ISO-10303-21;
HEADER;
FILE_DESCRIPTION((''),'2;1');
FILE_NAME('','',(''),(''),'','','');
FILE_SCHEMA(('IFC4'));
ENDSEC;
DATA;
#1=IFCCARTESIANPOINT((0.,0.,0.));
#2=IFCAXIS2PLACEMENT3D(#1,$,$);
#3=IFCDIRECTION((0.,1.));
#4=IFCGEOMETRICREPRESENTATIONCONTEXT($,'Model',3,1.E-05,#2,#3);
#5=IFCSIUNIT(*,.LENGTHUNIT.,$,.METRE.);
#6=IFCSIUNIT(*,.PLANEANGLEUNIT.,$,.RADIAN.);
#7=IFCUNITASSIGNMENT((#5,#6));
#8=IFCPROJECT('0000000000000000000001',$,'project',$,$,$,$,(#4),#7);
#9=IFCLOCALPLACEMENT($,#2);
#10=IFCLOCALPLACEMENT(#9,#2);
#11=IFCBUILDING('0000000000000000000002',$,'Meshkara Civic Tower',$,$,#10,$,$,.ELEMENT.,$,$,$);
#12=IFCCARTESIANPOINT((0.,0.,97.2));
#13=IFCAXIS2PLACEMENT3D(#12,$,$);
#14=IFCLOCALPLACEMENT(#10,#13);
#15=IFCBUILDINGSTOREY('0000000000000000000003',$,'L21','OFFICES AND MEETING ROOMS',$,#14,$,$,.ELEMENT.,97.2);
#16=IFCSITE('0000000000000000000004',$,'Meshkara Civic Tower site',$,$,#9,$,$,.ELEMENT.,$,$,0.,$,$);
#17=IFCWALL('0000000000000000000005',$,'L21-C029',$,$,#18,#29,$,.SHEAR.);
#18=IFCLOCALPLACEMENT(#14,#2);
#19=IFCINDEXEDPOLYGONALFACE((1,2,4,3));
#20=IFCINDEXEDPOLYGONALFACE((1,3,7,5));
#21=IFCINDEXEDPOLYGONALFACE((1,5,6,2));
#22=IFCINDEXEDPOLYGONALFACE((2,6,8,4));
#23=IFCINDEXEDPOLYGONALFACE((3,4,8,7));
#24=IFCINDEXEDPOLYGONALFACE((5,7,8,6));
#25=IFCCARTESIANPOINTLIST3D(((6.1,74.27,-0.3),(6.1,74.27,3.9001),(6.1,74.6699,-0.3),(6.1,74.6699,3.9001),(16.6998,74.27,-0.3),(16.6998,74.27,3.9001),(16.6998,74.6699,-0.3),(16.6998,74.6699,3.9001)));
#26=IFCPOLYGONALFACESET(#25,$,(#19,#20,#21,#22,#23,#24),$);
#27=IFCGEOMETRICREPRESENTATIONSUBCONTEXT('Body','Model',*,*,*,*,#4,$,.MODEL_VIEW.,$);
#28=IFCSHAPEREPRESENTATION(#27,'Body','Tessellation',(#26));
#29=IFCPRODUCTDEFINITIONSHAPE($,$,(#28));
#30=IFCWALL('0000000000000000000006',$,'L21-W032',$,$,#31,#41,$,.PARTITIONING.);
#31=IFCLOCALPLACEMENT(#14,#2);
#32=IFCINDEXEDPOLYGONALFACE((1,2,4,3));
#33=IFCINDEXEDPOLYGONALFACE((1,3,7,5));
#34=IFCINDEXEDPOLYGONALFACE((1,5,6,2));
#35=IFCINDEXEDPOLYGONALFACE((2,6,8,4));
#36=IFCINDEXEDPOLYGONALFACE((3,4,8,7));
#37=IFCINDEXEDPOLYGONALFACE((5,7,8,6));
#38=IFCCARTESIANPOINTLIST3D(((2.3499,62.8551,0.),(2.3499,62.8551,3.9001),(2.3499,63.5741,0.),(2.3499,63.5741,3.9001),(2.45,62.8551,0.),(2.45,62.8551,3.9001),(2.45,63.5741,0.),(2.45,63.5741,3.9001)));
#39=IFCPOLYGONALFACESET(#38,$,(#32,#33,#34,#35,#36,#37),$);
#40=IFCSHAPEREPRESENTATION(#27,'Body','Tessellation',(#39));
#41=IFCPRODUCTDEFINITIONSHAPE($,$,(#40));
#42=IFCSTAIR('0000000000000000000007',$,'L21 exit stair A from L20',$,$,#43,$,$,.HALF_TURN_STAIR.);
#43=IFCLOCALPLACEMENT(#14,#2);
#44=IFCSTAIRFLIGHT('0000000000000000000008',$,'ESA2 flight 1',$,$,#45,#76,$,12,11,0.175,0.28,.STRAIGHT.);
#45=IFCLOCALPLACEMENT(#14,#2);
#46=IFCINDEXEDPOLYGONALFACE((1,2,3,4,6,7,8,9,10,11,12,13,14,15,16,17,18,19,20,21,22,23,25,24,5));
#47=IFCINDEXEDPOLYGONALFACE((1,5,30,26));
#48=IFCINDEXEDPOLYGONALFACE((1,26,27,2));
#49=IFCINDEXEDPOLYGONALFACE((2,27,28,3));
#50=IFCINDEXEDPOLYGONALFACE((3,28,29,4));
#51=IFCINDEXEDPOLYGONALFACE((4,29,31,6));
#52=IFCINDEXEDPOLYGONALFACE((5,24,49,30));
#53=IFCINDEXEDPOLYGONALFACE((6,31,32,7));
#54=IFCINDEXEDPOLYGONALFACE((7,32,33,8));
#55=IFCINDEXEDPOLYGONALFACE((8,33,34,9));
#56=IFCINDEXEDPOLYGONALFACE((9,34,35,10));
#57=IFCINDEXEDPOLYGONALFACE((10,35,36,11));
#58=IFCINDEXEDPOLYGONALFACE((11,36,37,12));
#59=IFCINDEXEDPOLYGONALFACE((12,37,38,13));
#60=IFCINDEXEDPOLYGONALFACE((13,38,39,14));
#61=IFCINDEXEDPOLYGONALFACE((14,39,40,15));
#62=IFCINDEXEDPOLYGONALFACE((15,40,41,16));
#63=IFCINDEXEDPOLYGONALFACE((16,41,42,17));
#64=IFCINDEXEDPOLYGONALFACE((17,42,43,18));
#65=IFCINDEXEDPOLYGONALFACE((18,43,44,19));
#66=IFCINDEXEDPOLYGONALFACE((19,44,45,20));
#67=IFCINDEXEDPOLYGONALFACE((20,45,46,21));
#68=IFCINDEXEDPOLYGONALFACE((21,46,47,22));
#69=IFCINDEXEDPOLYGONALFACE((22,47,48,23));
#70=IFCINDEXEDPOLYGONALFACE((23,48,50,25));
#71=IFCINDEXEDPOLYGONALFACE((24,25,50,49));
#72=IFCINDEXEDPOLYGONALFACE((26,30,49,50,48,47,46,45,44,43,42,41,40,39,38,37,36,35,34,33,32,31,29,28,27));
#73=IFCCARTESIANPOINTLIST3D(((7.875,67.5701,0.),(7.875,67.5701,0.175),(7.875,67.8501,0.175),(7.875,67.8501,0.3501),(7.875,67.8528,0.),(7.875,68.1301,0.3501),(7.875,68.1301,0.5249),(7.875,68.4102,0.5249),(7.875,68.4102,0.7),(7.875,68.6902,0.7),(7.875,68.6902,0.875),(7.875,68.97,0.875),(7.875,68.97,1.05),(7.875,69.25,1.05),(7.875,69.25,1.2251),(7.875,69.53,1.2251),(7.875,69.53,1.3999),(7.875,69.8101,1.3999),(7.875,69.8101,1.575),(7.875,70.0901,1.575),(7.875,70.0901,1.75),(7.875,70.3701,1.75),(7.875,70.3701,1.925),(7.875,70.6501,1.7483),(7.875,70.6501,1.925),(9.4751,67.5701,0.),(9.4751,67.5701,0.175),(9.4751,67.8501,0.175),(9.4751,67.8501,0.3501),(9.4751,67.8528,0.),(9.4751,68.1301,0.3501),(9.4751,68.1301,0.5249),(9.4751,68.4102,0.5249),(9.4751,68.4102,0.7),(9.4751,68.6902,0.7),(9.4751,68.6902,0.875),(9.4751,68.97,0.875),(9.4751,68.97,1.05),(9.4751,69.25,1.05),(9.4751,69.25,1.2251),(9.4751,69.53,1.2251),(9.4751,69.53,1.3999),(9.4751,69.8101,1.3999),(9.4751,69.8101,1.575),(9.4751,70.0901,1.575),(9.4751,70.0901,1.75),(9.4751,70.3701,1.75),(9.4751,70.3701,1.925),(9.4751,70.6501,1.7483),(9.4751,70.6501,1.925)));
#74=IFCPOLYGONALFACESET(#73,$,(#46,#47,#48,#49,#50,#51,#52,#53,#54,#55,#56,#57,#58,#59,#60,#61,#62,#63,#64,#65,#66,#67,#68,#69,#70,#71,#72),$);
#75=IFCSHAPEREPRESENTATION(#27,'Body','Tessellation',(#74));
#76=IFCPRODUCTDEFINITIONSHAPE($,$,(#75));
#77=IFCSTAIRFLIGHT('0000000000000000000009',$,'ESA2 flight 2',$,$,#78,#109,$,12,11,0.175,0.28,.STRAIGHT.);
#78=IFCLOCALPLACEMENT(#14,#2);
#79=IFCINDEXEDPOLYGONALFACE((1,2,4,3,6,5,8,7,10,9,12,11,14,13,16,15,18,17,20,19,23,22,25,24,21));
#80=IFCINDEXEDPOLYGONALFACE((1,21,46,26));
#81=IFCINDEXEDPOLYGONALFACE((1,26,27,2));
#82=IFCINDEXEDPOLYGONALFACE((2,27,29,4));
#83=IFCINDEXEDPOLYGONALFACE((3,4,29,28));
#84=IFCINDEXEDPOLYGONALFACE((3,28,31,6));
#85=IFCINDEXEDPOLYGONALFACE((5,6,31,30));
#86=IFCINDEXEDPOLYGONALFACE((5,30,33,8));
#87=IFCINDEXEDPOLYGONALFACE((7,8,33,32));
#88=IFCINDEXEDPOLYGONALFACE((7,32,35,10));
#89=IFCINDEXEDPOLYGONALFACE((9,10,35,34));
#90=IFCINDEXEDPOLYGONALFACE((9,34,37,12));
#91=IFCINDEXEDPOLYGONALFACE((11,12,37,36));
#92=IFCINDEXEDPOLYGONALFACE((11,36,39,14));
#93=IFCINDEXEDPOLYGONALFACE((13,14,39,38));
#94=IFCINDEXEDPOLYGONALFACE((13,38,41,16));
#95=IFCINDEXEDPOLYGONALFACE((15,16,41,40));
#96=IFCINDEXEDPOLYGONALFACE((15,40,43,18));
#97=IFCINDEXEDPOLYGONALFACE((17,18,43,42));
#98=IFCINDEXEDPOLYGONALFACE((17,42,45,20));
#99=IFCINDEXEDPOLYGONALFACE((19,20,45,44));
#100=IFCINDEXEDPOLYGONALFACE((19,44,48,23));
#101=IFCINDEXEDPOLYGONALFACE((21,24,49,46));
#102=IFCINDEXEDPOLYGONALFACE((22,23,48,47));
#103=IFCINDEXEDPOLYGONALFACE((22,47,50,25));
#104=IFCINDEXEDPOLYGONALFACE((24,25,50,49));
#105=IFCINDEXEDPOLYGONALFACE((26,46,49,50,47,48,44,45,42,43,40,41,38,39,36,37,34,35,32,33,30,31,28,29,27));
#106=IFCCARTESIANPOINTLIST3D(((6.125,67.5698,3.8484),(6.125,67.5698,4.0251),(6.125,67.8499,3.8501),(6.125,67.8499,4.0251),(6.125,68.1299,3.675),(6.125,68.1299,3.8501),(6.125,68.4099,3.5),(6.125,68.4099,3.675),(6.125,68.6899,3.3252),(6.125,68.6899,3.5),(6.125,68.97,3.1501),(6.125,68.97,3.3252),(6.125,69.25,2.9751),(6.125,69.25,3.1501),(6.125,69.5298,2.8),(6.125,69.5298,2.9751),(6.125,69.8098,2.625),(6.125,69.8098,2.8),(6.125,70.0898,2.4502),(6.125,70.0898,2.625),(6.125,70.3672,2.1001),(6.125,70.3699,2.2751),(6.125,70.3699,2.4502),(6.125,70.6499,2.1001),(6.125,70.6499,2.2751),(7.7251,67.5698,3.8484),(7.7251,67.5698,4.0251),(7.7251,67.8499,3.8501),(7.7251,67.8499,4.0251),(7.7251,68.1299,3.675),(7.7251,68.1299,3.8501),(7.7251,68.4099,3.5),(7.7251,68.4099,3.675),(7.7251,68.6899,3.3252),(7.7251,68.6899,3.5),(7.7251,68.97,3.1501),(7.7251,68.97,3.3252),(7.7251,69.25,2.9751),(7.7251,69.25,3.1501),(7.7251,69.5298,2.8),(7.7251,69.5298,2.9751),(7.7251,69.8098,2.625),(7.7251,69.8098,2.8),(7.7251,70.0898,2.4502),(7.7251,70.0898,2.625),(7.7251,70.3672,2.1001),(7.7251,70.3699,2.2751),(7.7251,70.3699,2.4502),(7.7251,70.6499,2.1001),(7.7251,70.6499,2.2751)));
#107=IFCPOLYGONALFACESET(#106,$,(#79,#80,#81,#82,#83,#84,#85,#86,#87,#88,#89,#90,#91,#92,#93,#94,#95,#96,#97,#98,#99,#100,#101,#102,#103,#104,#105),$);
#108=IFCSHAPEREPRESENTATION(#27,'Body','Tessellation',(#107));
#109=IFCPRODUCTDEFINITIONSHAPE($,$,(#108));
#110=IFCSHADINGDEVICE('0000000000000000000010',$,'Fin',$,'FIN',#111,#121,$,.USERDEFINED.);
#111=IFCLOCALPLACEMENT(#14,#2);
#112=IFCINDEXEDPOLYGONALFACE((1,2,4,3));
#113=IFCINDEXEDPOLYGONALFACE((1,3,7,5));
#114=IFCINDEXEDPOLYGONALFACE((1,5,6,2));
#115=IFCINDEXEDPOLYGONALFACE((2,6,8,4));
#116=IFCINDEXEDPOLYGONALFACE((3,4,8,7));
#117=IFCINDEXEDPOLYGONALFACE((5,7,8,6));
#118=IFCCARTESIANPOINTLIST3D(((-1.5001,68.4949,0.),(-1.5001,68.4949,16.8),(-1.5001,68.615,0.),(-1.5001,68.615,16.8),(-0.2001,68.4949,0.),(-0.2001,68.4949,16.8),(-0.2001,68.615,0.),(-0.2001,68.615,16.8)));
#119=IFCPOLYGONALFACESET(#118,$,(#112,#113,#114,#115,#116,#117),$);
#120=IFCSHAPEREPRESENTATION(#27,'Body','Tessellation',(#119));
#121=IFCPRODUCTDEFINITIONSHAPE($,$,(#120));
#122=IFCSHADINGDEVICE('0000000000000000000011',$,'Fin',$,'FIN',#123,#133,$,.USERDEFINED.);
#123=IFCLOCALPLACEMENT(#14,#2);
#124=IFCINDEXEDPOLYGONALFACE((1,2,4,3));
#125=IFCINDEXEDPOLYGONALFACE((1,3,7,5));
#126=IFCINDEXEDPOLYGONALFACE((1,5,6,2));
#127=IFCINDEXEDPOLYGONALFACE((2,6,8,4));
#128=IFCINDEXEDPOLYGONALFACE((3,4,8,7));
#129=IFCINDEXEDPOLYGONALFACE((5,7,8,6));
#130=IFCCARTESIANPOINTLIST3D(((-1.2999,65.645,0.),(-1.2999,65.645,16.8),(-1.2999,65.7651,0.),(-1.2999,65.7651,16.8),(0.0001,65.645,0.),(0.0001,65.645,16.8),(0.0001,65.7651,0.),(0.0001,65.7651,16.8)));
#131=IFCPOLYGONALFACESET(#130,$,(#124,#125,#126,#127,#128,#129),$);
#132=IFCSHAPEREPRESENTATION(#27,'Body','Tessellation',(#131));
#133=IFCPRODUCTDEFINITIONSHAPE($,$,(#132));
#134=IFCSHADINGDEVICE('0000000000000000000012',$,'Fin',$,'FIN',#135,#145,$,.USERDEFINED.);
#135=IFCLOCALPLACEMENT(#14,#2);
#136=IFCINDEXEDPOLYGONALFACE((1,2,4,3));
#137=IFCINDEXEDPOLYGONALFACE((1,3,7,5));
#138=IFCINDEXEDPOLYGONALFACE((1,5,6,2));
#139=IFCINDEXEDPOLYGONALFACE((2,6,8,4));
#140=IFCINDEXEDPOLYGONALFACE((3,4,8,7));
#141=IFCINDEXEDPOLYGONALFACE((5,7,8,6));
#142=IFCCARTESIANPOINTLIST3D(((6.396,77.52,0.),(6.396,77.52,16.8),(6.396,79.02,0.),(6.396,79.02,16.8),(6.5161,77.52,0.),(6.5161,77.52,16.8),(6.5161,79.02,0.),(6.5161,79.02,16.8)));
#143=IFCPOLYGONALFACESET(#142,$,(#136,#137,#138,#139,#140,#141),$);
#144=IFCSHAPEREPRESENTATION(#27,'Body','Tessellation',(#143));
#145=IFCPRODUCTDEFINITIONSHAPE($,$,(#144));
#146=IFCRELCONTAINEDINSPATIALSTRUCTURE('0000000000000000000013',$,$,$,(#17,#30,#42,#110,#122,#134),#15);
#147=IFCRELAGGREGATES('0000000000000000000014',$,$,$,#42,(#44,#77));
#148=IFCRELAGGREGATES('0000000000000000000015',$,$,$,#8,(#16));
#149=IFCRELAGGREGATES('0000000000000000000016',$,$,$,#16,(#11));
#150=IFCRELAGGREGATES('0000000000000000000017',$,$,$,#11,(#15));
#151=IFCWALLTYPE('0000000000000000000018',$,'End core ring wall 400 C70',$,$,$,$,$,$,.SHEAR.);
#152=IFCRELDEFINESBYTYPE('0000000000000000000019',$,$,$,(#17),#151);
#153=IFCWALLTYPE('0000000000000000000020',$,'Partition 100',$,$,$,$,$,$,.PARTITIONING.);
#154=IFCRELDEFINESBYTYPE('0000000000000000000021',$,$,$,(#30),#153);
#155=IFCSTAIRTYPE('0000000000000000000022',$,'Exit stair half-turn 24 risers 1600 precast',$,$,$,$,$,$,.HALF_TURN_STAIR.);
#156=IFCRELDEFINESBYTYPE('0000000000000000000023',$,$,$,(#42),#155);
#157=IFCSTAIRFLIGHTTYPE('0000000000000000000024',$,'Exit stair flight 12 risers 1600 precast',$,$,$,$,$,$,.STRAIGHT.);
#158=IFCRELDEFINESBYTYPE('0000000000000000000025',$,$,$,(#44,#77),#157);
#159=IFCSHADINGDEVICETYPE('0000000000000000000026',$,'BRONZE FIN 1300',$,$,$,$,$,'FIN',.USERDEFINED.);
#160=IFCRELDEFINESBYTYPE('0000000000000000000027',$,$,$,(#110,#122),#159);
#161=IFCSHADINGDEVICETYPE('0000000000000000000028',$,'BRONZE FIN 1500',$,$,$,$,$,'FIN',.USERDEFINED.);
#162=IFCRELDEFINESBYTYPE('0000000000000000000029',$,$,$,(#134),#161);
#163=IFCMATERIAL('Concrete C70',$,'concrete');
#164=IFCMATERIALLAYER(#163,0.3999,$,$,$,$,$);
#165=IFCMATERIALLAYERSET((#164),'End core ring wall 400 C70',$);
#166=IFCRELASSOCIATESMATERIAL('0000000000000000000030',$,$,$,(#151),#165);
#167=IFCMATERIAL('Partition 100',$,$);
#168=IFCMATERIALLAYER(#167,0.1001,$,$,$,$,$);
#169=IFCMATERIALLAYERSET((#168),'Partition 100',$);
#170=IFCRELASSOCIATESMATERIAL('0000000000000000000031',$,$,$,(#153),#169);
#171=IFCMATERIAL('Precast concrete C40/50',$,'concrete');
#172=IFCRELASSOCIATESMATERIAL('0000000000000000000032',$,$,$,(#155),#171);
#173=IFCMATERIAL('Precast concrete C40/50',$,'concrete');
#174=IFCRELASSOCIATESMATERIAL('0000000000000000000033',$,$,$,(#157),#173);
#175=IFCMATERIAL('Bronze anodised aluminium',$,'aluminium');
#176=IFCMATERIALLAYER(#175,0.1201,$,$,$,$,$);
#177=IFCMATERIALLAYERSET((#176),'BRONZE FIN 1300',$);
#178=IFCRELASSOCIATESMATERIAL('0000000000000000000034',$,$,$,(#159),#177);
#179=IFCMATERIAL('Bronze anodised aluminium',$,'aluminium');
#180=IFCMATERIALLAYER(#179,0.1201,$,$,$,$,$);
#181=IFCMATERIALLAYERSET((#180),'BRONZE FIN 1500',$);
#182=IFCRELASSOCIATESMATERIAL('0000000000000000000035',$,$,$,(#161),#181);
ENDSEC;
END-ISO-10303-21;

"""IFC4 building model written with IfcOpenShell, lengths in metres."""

from ifc_helpers import new_model, si_unit, direction, frame, frame_2d, origin, origin_2d, place, context, subcontext, project, spatial, polyline, rectangle, outline, extrude, material, layer, layer_set, type_object, element, aggregate, save


model = new_model("IFC4")

# Units and contexts
model_context = context("Model", 3, precision=1e-05, world=origin(), true_north=direction((0.0, 1.0)))
body_context = subcontext(model_context, "Body", "Model", "MODEL_VIEW")
ifc_project = project(units=[si_unit("LENGTHUNIT", "METRE"), si_unit("PLANEANGLEUNIT", "RADIAN")], contexts=[model_context])

# Site, building, storey
site_placement = place(None, origin())
site = spatial("IfcSite", under=ifc_project, at=site_placement, Name="Meshkara Civic Tower site", CompositionType="ELEMENT", RefElevation=0.0)
building_placement = place(site_placement, origin())
building = spatial("IfcBuilding", under=site, at=building_placement, Name="Meshkara Civic Tower", CompositionType="ELEMENT")
storey_placement = place(building_placement, frame((0.0, 0.0, 97.2)))
storey = spatial("IfcBuildingStorey", under=building, at=storey_placement, Name="L21", Description="OFFICES AND MEETING ROOMS", CompositionType="ELEMENT", Elevation=97.2)

# Shared definitions
ifc_material_1 = material(Name="Concrete C70", Category="concrete")
ifc_layer_1 = layer(ifc_material_1, 0.3999)
ifc_layer_set_1 = layer_set([ifc_layer_1], Name="End core ring wall 400 C70")
wall_type_1 = type_object("IfcWallType", Name="End core ring wall 400 C70", PredefinedType="SHEAR", material=ifc_layer_set_1)

# Walls
wall_1_placement = place(storey_placement, frame((6.1001, 74.47, -0.3), z_axis=(0.0, 0.0, 1.0), x_axis=(1.0, 0.0, 0.0)))
element("IfcWall", 1, at=wall_1_placement, inside=storey, type_object=wall_type_1, Name="L21-C029", PredefinedType="SHEAR", context=body_context, shape_type="SweptSolid", body=[
    extrude(rectangle(XDim=10.5999, YDim=0.3999, at=frame_2d((5.2998, 0.0))), origin(), (0.0, 0.0, 1.0), 4.2002),
])
ifc_material_2 = material(Name="Partition 100")
ifc_layer_2 = layer(ifc_material_2, 0.1001)
ifc_layer_set_2 = layer_set([ifc_layer_2], Name="Partition 100")
wall_type_2 = type_object("IfcWallType", Name="Partition 100", PredefinedType="PARTITIONING", material=ifc_layer_set_2)
wall_2_placement = place(storey_placement, frame((2.3999, 63.574, 0.0), z_axis=(0.0, 0.0, 1.0), x_axis=(0.0, -1.0, 0.0)))
element("IfcWall", 2, at=wall_2_placement, inside=storey, type_object=wall_type_2, Name="L21-W032", PredefinedType="PARTITIONING", context=body_context, shape_type="SweptSolid", body=[
    extrude(rectangle(XDim=0.719, YDim=0.1001, at=frame_2d((0.3594, 0.0))), origin(), (0.0, 0.0, 1.0), 3.9001),
])

# Stair, stair flights
ifc_material_3 = material(Name="Precast concrete C40/50", Category="concrete")
stair_type = type_object("IfcStairType", Name="Exit stair half-turn 24 risers 1600 precast", PredefinedType="HALF_TURN_STAIR", material=ifc_material_3)
stair_placement = place(storey_placement, origin())
stair = element("IfcStair", 3, at=stair_placement, inside=storey, type_object=stair_type, Name="L21 exit stair A from L20", PredefinedType="HALF_TURN_STAIR")
ifc_material_4 = material(Name="Precast concrete C40/50", Category="concrete")
stair_flight_type = type_object("IfcStairFlightType", Name="Exit stair flight 12 risers 1600 precast", PredefinedType="STRAIGHT", material=ifc_material_4)
stair_flight_1_placement = place(storey_placement, frame((8.675, 67.5701, 0.0), z_axis=(0.0, 0.0, 1.0), x_axis=(0.0, 1.0, 0.0)))
stair_flight_1 = element("IfcStairFlight", 4, at=stair_flight_1_placement, type_object=stair_flight_type, Name="ESA2 flight 1", NumberOfRisers=12, NumberOfTreads=11, PredefinedType="STRAIGHT", RiserHeight=0.175, TreadLength=0.28, context=body_context, shape_type="SweptSolid", body=[
    extrude(outline(polyline([(0.0, 0.0), (0.0, 0.175), (0.28, 0.175), (0.28, 0.3501), (0.5601, 0.3501), (0.5601, 0.5249), (0.8401, 0.5249), (0.8401, 0.7), (1.1201, 0.7), (1.1201, 0.875), (1.3999, 0.875), (1.3999, 1.05), (1.6799, 1.05), (1.6799, 1.2251), (1.96, 1.2251), (1.96, 1.3999), (2.24, 1.3999), (2.24, 1.575), (2.52, 1.575), (2.52, 1.75), (2.8, 1.75), (2.8, 1.925), (3.0801, 1.925), (3.0801, 2.1001), (3.0801, 1.7483), (0.2827, 0.0), (0.0, 0.0)])), frame((0.0, 0.8, 0.0), z_axis=(0.0, -1.0, 0.0), x_axis=(1.0, 0.0, 0.0)), (0.0, 0.0, 1.0), 1.6001),
])
stair_flight_2_placement = place(storey_placement, frame((6.925, 70.6499, 2.1001), z_axis=(0.0, 0.0, 1.0), x_axis=(0.0, -1.0, 0.0)))
stair_flight_2 = element("IfcStairFlight", 5, at=stair_flight_2_placement, type_object=stair_flight_type, Name="ESA2 flight 2", NumberOfRisers=12, NumberOfTreads=11, PredefinedType="STRAIGHT", RiserHeight=0.175, TreadLength=0.28, context=body_context, shape_type="SweptSolid", body=[
    extrude(outline(polyline([(0.0, 0.0), (0.0, 0.175), (0.28, 0.175), (0.28, 0.3501), (0.5601, 0.3501), (0.5601, 0.5249), (0.8401, 0.5249), (0.8401, 0.7), (1.1201, 0.7), (1.1201, 0.875), (1.3999, 0.875), (1.3999, 1.05), (1.6799, 1.05), (1.6799, 1.2251), (1.96, 1.2251), (1.96, 1.3999), (2.24, 1.3999), (2.24, 1.575), (2.52, 1.575), (2.52, 1.75), (2.8, 1.75), (2.8, 1.925), (3.0801, 1.925), (3.0801, 2.1001), (3.0801, 1.7483), (0.2827, 0.0), (0.0, 0.0)])), frame((0.0, 0.8, 0.0), z_axis=(0.0, -1.0, 0.0), x_axis=(1.0, 0.0, 0.0)), (0.0, 0.0, 1.0), 1.6001),
])
aggregate(stair, [stair_flight_1, stair_flight_2])

# Shading devices
ifc_material_5 = material(Name="Bronze anodised aluminium", Category="aluminium")
ifc_layer_3 = layer(ifc_material_5, 0.1201)
ifc_layer_set_3 = layer_set([ifc_layer_3], Name="BRONZE FIN 1300")
shading_device_type_1 = type_object("IfcShadingDeviceType", Name="BRONZE FIN 1300", ElementType="FIN", PredefinedType="USERDEFINED", material=ifc_layer_set_3)
for number, where, z_axis, x_axis, name in (
    (6, (-0.8501, 68.5549, 0.0), (0.0, 0.0, 1.0), (0.0, -1.0, 0.0), "Fin"),
    (7, (-0.6499, 65.7051, 0.0), (0.0, 0.0, 1.0), (0.0, -1.0, 0.0), "Fin"),
):
    element("IfcShadingDevice", number, at=place(storey_placement, frame(where, z_axis=z_axis, x_axis=x_axis)), inside=storey, type_object=shading_device_type_1, Name=name, ObjectType="FIN", PredefinedType="USERDEFINED", context=body_context, shape_type="SweptSolid", body=[
        extrude(rectangle(XDim=0.1201, YDim=1.3, at=origin_2d()), origin(), (0.0, 0.0, 1.0), 16.8),
    ])
ifc_material_6 = material(Name="Bronze anodised aluminium", Category="aluminium")
ifc_layer_4 = layer(ifc_material_6, 0.1201)
ifc_layer_set_4 = layer_set([ifc_layer_4], Name="BRONZE FIN 1500")
shading_device_type_2 = type_object("IfcShadingDeviceType", Name="BRONZE FIN 1500", ElementType="FIN", PredefinedType="USERDEFINED", material=ifc_layer_set_4)
shading_device_placement = place(storey_placement, frame((6.4561, 78.27, 0.0), z_axis=(0.0, 0.0, 1.0), x_axis=(-1.0, 0.0, 0.0)))
element("IfcShadingDevice", 8, at=shading_device_placement, inside=storey, type_object=shading_device_type_2, Name="Fin", ObjectType="FIN", PredefinedType="USERDEFINED", context=body_context, shape_type="SweptSolid", body=[
    extrude(rectangle(XDim=0.1201, YDim=1.5, at=origin_2d()), origin(), (0.0, 0.0, 1.0), 16.8),
])

save(model, "model.ifc")
